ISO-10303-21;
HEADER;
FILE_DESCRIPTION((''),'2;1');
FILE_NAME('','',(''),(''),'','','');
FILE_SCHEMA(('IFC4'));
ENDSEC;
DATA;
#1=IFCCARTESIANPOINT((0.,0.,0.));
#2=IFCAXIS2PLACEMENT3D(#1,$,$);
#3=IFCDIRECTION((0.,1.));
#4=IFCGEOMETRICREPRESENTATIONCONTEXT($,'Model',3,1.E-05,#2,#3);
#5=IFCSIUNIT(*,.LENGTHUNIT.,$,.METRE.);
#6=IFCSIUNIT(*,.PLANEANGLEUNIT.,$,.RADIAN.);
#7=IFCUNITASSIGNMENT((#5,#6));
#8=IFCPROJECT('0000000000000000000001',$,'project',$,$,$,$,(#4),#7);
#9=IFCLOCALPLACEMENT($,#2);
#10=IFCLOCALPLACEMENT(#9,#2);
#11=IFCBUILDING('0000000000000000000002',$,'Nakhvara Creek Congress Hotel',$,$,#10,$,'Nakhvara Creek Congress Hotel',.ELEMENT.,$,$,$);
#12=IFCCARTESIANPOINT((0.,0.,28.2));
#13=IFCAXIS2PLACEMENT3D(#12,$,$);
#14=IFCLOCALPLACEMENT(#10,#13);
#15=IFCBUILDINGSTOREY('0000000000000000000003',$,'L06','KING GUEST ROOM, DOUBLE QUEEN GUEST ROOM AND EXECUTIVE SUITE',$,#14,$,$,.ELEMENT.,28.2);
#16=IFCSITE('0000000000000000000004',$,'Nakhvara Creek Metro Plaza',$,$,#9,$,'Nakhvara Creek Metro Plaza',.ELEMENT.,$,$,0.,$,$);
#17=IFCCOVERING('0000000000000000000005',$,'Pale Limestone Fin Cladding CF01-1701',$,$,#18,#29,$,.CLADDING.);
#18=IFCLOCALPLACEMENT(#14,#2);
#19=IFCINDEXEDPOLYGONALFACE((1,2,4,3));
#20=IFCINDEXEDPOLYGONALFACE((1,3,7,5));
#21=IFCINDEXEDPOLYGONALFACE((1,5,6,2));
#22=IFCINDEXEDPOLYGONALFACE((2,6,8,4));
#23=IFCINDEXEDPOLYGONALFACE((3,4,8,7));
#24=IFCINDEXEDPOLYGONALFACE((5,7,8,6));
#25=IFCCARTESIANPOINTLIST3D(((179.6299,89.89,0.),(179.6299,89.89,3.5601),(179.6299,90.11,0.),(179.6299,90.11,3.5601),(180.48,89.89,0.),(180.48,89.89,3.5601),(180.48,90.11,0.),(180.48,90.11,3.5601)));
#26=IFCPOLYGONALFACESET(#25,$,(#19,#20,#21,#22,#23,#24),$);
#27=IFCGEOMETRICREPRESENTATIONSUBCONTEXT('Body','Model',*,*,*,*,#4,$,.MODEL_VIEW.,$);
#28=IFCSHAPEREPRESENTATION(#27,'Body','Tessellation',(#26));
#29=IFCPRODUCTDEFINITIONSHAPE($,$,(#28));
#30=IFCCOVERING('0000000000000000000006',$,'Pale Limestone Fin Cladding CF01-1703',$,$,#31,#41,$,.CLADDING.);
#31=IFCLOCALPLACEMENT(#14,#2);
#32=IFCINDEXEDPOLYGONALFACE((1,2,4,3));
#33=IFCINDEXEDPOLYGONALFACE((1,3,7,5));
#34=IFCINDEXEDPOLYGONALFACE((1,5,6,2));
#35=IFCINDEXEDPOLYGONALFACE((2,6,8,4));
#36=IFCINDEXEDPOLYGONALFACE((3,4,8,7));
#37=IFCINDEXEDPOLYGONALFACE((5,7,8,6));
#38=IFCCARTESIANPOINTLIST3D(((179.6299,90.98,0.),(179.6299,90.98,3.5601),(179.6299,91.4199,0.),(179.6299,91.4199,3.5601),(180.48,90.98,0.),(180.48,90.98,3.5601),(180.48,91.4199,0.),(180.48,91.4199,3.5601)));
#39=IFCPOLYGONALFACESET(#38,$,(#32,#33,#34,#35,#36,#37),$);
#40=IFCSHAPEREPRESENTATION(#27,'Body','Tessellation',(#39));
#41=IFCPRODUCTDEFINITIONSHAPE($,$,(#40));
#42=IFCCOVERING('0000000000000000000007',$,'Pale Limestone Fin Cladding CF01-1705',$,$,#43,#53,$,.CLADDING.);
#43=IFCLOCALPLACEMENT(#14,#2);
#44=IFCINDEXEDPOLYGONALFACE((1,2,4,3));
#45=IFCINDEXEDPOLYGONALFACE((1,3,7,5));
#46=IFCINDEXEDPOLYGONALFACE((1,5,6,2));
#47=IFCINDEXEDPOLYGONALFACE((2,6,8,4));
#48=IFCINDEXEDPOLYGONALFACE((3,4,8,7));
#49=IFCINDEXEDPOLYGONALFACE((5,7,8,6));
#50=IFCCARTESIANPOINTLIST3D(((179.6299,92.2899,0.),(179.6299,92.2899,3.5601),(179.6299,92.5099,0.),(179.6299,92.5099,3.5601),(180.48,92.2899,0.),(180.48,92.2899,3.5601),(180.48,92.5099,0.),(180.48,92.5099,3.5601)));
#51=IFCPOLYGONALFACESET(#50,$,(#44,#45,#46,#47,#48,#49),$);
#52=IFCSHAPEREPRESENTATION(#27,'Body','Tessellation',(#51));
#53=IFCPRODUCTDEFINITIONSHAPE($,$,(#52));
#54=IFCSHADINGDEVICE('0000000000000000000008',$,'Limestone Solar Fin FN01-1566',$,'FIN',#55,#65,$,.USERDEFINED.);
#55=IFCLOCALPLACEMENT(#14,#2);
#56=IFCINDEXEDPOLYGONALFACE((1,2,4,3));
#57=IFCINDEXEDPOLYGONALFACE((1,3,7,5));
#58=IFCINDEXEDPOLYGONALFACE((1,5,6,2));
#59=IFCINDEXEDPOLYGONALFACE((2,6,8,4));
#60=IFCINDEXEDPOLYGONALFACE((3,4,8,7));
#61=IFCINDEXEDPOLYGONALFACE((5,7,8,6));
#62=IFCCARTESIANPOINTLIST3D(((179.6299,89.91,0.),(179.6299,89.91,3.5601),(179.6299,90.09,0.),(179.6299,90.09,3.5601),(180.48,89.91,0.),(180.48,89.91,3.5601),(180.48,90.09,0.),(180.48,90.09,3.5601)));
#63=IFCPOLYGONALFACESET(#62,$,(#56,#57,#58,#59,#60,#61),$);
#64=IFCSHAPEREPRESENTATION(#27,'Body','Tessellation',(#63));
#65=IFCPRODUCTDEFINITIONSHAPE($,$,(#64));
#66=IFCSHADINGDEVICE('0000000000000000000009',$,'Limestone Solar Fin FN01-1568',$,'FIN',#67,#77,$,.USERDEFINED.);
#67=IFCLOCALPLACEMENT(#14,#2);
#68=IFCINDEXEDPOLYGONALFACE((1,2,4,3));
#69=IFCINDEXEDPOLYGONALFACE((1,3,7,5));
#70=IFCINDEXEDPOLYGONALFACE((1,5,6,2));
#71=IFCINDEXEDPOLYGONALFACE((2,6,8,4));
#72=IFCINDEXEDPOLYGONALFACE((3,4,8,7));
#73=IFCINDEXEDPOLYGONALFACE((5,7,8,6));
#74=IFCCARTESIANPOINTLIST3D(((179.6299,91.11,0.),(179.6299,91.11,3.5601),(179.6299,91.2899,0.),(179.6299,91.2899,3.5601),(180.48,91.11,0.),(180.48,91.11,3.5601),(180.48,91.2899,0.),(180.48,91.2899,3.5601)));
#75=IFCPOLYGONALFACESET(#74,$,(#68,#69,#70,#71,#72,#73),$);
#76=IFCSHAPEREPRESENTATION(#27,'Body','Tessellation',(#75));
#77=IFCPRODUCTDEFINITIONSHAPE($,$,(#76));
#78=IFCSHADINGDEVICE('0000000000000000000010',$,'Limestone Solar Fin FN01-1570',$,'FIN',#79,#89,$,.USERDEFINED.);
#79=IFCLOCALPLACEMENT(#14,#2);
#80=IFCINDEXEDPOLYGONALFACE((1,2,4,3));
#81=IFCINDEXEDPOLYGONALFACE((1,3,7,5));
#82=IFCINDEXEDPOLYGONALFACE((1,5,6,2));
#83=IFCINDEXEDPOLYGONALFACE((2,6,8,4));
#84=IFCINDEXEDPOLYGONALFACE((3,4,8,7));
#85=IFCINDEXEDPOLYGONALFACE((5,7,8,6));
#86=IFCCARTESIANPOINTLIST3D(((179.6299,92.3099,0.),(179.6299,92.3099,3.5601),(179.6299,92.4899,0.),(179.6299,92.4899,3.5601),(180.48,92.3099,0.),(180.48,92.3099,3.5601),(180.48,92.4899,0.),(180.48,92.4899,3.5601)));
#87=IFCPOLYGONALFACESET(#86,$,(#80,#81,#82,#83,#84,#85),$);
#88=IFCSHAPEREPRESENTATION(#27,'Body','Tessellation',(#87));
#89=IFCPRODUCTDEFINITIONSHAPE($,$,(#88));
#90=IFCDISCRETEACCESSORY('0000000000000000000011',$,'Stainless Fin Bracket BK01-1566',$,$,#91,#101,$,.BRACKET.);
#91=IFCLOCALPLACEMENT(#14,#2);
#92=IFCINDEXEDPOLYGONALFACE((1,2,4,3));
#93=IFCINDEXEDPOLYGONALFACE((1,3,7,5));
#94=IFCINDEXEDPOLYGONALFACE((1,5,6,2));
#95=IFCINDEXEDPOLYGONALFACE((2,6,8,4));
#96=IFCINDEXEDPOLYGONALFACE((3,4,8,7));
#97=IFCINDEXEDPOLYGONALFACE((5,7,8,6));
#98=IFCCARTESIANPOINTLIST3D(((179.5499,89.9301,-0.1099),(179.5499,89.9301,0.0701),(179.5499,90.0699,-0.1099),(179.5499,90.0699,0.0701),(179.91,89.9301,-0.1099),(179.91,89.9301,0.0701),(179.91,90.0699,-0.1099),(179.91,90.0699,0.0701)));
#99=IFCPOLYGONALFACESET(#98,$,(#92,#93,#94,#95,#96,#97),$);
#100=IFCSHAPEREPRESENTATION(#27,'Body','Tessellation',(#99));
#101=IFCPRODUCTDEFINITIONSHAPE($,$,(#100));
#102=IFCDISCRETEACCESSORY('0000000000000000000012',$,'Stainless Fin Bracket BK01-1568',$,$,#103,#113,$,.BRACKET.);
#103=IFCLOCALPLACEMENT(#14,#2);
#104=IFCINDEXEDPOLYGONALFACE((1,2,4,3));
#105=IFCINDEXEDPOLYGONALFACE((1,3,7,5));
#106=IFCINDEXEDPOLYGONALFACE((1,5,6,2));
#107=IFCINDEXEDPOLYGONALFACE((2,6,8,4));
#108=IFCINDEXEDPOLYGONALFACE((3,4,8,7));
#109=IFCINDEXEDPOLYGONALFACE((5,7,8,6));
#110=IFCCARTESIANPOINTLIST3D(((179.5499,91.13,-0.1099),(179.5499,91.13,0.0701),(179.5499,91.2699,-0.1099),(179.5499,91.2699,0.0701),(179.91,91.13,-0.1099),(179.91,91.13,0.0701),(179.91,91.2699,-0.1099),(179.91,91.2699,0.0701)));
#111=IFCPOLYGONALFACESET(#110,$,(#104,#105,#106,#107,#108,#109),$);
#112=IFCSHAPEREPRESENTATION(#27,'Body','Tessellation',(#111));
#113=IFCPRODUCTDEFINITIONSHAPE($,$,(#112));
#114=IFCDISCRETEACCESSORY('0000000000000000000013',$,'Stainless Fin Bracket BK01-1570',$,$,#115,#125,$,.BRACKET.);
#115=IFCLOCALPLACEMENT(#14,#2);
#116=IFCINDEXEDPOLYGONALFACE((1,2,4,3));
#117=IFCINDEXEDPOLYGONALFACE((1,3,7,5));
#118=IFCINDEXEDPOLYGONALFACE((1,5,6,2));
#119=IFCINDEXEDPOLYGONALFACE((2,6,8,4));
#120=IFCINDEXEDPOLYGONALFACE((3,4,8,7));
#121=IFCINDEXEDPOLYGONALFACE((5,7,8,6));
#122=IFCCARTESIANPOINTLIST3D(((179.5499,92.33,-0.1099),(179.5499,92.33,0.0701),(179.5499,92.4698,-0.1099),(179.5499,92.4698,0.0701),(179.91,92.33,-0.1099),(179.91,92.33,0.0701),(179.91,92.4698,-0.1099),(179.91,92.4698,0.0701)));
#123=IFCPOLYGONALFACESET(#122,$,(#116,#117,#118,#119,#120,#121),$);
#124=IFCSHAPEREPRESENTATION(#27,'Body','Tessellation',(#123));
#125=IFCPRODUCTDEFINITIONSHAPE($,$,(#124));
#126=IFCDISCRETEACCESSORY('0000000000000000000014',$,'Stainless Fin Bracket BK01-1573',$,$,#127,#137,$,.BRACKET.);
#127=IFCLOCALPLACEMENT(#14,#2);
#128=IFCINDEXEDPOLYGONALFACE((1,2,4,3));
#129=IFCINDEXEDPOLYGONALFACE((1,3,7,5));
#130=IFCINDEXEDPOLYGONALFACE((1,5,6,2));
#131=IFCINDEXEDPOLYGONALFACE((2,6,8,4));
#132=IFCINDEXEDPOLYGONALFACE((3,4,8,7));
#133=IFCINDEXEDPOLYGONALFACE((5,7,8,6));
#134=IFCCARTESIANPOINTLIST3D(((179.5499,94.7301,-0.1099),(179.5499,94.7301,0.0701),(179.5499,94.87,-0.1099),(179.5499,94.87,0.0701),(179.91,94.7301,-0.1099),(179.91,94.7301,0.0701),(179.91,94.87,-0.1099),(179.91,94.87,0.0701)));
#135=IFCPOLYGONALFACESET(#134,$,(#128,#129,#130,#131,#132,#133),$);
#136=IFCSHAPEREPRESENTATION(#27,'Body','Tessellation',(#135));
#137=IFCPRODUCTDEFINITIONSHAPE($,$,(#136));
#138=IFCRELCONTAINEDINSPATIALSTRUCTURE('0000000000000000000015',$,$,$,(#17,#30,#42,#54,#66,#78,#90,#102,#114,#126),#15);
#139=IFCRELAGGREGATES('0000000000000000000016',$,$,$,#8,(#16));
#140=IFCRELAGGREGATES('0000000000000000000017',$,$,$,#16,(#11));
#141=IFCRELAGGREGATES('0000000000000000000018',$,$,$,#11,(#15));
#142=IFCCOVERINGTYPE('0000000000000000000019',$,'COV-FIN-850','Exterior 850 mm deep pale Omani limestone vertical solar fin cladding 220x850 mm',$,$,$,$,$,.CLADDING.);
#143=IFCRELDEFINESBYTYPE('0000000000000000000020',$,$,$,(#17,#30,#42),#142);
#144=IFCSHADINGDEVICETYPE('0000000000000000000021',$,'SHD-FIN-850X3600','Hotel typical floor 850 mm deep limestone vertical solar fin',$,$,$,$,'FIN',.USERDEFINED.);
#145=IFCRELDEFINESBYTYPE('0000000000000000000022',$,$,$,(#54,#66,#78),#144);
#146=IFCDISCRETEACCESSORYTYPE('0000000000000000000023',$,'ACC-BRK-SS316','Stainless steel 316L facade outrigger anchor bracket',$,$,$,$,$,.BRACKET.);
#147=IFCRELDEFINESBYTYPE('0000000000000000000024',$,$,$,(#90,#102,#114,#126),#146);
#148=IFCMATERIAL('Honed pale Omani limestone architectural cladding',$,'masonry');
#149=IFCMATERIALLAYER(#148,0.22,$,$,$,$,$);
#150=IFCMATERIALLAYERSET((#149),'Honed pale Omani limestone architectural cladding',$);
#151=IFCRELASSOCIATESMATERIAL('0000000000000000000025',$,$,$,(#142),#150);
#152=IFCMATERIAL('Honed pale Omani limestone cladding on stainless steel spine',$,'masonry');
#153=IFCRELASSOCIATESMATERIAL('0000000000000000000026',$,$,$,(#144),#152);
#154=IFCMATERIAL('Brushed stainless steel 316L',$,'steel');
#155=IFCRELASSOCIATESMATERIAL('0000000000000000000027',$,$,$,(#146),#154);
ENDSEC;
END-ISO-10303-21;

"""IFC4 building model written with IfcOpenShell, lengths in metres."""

from ifc_helpers import new_model, si_unit, direction, frame, origin, origin_2d, place, context, subcontext, project, spatial, rectangle, extrude, material, layer, layer_set, type_object, element, save


model = new_model("IFC4")

# Units and contexts
model_context = context("Model", 3, precision=1e-05, world=origin(), true_north=direction((0.0, 1.0)))
body_context = subcontext(model_context, "Body", "Model", "MODEL_VIEW")
ifc_project = project(units=[si_unit("LENGTHUNIT", "METRE"), si_unit("PLANEANGLEUNIT", "RADIAN")], contexts=[model_context])

# Site, building, storey
site_placement = place(None, origin())
site = spatial("IfcSite", under=ifc_project, at=site_placement, Name="Nakhvara Creek Metro Plaza", LongName="Nakhvara Creek Metro Plaza", CompositionType="ELEMENT", RefElevation=0.0)
building_placement = place(site_placement, origin())
building = spatial("IfcBuilding", under=site, at=building_placement, Name="Nakhvara Creek Congress Hotel", LongName="Nakhvara Creek Congress Hotel", CompositionType="ELEMENT")
storey_placement = place(building_placement, frame((0.0, 0.0, 28.2)))
storey = spatial("IfcBuildingStorey", under=building, at=storey_placement, Name="L06", Description="KING GUEST ROOM, DOUBLE QUEEN GUEST ROOM AND EXECUTIVE SUITE", CompositionType="ELEMENT", Elevation=28.2)

# Coverings
ifc_material_1 = material(Name="Honed pale Omani limestone architectural cladding", Category="masonry")
ifc_layer_1 = layer(ifc_material_1, 0.22)
ifc_layer_set_1 = layer_set([ifc_layer_1], Name="Honed pale Omani limestone architectural cladding")
covering_type = type_object("IfcCoveringType", Name="COV-FIN-850", Description="Exterior 850 mm deep pale Omani limestone vertical solar fin cladding 220x850 mm", PredefinedType="CLADDING", material=ifc_layer_set_1)
covering_1_placement = place(storey_placement, frame((180.0549, 90.0, 0.0), z_axis=(0.0, 0.0, 1.0), x_axis=(0.0, 1.0, 0.0)))
element("IfcCovering", 1, at=covering_1_placement, inside=storey, type_object=covering_type, Name="Pale Limestone Fin Cladding CF01-1701", PredefinedType="CLADDING", context=body_context, shape_type="SweptSolid", body=[
    extrude(rectangle(XDim=0.22, YDim=0.8501, at=origin_2d()), origin(), (0.0, 0.0, 1.0), 3.5601),
])
covering_2_placement = place(storey_placement, frame((180.0549, 91.2, 0.0), z_axis=(0.0, 0.0, 1.0), x_axis=(0.0, 1.0, 0.0)))
element("IfcCovering", 2, at=covering_2_placement, inside=storey, type_object=covering_type, Name="Pale Limestone Fin Cladding CF01-1703", PredefinedType="CLADDING", context=body_context, shape_type="SweptSolid", body=[
    extrude(rectangle(XDim=0.4399, YDim=0.8501, at=origin_2d()), origin(), (0.0, 0.0, 1.0), 3.5601),
])
covering_3_placement = place(storey_placement, frame((180.0549, 92.3999, 0.0), z_axis=(0.0, 0.0, 1.0), x_axis=(0.0, 1.0, 0.0)))
element("IfcCovering", 3, at=covering_3_placement, inside=storey, type_object=covering_type, Name="Pale Limestone Fin Cladding CF01-1705", PredefinedType="CLADDING", context=body_context, shape_type="SweptSolid", body=[
    extrude(rectangle(XDim=0.22, YDim=0.8501, at=origin_2d()), origin(), (0.0, 0.0, 1.0), 3.5601),
])

# Shading devices
ifc_material_2 = material(Name="Honed pale Omani limestone cladding on stainless steel spine", Category="masonry")
shading_device_type = type_object("IfcShadingDeviceType", Name="SHD-FIN-850X3600", Description="Hotel typical floor 850 mm deep limestone vertical solar fin", ElementType="FIN", PredefinedType="USERDEFINED", material=ifc_material_2)
for number, where, z_axis, x_axis, name in (
    (4, (180.0549, 90.0, 0.0), (0.0, 0.0, 1.0), (0.0, 1.0, 0.0), "Limestone Solar Fin FN01-1566"),
    (5, (180.0549, 91.2, 0.0), (0.0, 0.0, 1.0), (0.0, 1.0, 0.0), "Limestone Solar Fin FN01-1568"),
    (6, (180.0549, 92.3999, 0.0), (0.0, 0.0, 1.0), (0.0, 1.0, 0.0), "Limestone Solar Fin FN01-1570"),
):
    element("IfcShadingDevice", number, at=place(storey_placement, frame(where, z_axis=z_axis, x_axis=x_axis)), inside=storey, type_object=shading_device_type, Name=name, ObjectType="FIN", PredefinedType="USERDEFINED", context=body_context, shape_type="SweptSolid", body=[
        extrude(rectangle(XDim=0.1799, YDim=0.8501, at=origin_2d()), origin(), (0.0, 0.0, 1.0), 3.5601),
    ])

# Discrete accessories
ifc_material_3 = material(Name="Brushed stainless steel 316L", Category="steel")
discrete_accessory_type = type_object("IfcDiscreteAccessoryType", Name="ACC-BRK-SS316", Description="Stainless steel 316L facade outrigger anchor bracket", PredefinedType="BRACKET", material=ifc_material_3)
for number, where, z_axis, x_axis, name in (
    (7, (179.73, 90.0, -0.1099), (0.0, 0.0, 1.0), (0.0, 1.0, 0.0), "Stainless Fin Bracket BK01-1566"),
    (8, (179.73, 91.2, -0.1099), (0.0, 0.0, 1.0), (0.0, 1.0, 0.0), "Stainless Fin Bracket BK01-1568"),
    (9, (179.73, 92.3999, -0.1099), (0.0, 0.0, 1.0), (0.0, 1.0, 0.0), "Stainless Fin Bracket BK01-1570"),
    (10, (179.73, 94.8, -0.1099), (0.0, 0.0, 1.0), (0.0, 1.0, 0.0), "Stainless Fin Bracket BK01-1573"),
):
    element("IfcDiscreteAccessory", number, at=place(storey_placement, frame(where, z_axis=z_axis, x_axis=x_axis)), inside=storey, type_object=discrete_accessory_type, Name=name, PredefinedType="BRACKET", context=body_context, shape_type="SweptSolid", body=[
        extrude(rectangle(XDim=0.1399, YDim=0.3601, at=origin_2d()), origin(), (0.0, 0.0, 1.0), 0.1799),
    ])

save(model, "model.ifc")
